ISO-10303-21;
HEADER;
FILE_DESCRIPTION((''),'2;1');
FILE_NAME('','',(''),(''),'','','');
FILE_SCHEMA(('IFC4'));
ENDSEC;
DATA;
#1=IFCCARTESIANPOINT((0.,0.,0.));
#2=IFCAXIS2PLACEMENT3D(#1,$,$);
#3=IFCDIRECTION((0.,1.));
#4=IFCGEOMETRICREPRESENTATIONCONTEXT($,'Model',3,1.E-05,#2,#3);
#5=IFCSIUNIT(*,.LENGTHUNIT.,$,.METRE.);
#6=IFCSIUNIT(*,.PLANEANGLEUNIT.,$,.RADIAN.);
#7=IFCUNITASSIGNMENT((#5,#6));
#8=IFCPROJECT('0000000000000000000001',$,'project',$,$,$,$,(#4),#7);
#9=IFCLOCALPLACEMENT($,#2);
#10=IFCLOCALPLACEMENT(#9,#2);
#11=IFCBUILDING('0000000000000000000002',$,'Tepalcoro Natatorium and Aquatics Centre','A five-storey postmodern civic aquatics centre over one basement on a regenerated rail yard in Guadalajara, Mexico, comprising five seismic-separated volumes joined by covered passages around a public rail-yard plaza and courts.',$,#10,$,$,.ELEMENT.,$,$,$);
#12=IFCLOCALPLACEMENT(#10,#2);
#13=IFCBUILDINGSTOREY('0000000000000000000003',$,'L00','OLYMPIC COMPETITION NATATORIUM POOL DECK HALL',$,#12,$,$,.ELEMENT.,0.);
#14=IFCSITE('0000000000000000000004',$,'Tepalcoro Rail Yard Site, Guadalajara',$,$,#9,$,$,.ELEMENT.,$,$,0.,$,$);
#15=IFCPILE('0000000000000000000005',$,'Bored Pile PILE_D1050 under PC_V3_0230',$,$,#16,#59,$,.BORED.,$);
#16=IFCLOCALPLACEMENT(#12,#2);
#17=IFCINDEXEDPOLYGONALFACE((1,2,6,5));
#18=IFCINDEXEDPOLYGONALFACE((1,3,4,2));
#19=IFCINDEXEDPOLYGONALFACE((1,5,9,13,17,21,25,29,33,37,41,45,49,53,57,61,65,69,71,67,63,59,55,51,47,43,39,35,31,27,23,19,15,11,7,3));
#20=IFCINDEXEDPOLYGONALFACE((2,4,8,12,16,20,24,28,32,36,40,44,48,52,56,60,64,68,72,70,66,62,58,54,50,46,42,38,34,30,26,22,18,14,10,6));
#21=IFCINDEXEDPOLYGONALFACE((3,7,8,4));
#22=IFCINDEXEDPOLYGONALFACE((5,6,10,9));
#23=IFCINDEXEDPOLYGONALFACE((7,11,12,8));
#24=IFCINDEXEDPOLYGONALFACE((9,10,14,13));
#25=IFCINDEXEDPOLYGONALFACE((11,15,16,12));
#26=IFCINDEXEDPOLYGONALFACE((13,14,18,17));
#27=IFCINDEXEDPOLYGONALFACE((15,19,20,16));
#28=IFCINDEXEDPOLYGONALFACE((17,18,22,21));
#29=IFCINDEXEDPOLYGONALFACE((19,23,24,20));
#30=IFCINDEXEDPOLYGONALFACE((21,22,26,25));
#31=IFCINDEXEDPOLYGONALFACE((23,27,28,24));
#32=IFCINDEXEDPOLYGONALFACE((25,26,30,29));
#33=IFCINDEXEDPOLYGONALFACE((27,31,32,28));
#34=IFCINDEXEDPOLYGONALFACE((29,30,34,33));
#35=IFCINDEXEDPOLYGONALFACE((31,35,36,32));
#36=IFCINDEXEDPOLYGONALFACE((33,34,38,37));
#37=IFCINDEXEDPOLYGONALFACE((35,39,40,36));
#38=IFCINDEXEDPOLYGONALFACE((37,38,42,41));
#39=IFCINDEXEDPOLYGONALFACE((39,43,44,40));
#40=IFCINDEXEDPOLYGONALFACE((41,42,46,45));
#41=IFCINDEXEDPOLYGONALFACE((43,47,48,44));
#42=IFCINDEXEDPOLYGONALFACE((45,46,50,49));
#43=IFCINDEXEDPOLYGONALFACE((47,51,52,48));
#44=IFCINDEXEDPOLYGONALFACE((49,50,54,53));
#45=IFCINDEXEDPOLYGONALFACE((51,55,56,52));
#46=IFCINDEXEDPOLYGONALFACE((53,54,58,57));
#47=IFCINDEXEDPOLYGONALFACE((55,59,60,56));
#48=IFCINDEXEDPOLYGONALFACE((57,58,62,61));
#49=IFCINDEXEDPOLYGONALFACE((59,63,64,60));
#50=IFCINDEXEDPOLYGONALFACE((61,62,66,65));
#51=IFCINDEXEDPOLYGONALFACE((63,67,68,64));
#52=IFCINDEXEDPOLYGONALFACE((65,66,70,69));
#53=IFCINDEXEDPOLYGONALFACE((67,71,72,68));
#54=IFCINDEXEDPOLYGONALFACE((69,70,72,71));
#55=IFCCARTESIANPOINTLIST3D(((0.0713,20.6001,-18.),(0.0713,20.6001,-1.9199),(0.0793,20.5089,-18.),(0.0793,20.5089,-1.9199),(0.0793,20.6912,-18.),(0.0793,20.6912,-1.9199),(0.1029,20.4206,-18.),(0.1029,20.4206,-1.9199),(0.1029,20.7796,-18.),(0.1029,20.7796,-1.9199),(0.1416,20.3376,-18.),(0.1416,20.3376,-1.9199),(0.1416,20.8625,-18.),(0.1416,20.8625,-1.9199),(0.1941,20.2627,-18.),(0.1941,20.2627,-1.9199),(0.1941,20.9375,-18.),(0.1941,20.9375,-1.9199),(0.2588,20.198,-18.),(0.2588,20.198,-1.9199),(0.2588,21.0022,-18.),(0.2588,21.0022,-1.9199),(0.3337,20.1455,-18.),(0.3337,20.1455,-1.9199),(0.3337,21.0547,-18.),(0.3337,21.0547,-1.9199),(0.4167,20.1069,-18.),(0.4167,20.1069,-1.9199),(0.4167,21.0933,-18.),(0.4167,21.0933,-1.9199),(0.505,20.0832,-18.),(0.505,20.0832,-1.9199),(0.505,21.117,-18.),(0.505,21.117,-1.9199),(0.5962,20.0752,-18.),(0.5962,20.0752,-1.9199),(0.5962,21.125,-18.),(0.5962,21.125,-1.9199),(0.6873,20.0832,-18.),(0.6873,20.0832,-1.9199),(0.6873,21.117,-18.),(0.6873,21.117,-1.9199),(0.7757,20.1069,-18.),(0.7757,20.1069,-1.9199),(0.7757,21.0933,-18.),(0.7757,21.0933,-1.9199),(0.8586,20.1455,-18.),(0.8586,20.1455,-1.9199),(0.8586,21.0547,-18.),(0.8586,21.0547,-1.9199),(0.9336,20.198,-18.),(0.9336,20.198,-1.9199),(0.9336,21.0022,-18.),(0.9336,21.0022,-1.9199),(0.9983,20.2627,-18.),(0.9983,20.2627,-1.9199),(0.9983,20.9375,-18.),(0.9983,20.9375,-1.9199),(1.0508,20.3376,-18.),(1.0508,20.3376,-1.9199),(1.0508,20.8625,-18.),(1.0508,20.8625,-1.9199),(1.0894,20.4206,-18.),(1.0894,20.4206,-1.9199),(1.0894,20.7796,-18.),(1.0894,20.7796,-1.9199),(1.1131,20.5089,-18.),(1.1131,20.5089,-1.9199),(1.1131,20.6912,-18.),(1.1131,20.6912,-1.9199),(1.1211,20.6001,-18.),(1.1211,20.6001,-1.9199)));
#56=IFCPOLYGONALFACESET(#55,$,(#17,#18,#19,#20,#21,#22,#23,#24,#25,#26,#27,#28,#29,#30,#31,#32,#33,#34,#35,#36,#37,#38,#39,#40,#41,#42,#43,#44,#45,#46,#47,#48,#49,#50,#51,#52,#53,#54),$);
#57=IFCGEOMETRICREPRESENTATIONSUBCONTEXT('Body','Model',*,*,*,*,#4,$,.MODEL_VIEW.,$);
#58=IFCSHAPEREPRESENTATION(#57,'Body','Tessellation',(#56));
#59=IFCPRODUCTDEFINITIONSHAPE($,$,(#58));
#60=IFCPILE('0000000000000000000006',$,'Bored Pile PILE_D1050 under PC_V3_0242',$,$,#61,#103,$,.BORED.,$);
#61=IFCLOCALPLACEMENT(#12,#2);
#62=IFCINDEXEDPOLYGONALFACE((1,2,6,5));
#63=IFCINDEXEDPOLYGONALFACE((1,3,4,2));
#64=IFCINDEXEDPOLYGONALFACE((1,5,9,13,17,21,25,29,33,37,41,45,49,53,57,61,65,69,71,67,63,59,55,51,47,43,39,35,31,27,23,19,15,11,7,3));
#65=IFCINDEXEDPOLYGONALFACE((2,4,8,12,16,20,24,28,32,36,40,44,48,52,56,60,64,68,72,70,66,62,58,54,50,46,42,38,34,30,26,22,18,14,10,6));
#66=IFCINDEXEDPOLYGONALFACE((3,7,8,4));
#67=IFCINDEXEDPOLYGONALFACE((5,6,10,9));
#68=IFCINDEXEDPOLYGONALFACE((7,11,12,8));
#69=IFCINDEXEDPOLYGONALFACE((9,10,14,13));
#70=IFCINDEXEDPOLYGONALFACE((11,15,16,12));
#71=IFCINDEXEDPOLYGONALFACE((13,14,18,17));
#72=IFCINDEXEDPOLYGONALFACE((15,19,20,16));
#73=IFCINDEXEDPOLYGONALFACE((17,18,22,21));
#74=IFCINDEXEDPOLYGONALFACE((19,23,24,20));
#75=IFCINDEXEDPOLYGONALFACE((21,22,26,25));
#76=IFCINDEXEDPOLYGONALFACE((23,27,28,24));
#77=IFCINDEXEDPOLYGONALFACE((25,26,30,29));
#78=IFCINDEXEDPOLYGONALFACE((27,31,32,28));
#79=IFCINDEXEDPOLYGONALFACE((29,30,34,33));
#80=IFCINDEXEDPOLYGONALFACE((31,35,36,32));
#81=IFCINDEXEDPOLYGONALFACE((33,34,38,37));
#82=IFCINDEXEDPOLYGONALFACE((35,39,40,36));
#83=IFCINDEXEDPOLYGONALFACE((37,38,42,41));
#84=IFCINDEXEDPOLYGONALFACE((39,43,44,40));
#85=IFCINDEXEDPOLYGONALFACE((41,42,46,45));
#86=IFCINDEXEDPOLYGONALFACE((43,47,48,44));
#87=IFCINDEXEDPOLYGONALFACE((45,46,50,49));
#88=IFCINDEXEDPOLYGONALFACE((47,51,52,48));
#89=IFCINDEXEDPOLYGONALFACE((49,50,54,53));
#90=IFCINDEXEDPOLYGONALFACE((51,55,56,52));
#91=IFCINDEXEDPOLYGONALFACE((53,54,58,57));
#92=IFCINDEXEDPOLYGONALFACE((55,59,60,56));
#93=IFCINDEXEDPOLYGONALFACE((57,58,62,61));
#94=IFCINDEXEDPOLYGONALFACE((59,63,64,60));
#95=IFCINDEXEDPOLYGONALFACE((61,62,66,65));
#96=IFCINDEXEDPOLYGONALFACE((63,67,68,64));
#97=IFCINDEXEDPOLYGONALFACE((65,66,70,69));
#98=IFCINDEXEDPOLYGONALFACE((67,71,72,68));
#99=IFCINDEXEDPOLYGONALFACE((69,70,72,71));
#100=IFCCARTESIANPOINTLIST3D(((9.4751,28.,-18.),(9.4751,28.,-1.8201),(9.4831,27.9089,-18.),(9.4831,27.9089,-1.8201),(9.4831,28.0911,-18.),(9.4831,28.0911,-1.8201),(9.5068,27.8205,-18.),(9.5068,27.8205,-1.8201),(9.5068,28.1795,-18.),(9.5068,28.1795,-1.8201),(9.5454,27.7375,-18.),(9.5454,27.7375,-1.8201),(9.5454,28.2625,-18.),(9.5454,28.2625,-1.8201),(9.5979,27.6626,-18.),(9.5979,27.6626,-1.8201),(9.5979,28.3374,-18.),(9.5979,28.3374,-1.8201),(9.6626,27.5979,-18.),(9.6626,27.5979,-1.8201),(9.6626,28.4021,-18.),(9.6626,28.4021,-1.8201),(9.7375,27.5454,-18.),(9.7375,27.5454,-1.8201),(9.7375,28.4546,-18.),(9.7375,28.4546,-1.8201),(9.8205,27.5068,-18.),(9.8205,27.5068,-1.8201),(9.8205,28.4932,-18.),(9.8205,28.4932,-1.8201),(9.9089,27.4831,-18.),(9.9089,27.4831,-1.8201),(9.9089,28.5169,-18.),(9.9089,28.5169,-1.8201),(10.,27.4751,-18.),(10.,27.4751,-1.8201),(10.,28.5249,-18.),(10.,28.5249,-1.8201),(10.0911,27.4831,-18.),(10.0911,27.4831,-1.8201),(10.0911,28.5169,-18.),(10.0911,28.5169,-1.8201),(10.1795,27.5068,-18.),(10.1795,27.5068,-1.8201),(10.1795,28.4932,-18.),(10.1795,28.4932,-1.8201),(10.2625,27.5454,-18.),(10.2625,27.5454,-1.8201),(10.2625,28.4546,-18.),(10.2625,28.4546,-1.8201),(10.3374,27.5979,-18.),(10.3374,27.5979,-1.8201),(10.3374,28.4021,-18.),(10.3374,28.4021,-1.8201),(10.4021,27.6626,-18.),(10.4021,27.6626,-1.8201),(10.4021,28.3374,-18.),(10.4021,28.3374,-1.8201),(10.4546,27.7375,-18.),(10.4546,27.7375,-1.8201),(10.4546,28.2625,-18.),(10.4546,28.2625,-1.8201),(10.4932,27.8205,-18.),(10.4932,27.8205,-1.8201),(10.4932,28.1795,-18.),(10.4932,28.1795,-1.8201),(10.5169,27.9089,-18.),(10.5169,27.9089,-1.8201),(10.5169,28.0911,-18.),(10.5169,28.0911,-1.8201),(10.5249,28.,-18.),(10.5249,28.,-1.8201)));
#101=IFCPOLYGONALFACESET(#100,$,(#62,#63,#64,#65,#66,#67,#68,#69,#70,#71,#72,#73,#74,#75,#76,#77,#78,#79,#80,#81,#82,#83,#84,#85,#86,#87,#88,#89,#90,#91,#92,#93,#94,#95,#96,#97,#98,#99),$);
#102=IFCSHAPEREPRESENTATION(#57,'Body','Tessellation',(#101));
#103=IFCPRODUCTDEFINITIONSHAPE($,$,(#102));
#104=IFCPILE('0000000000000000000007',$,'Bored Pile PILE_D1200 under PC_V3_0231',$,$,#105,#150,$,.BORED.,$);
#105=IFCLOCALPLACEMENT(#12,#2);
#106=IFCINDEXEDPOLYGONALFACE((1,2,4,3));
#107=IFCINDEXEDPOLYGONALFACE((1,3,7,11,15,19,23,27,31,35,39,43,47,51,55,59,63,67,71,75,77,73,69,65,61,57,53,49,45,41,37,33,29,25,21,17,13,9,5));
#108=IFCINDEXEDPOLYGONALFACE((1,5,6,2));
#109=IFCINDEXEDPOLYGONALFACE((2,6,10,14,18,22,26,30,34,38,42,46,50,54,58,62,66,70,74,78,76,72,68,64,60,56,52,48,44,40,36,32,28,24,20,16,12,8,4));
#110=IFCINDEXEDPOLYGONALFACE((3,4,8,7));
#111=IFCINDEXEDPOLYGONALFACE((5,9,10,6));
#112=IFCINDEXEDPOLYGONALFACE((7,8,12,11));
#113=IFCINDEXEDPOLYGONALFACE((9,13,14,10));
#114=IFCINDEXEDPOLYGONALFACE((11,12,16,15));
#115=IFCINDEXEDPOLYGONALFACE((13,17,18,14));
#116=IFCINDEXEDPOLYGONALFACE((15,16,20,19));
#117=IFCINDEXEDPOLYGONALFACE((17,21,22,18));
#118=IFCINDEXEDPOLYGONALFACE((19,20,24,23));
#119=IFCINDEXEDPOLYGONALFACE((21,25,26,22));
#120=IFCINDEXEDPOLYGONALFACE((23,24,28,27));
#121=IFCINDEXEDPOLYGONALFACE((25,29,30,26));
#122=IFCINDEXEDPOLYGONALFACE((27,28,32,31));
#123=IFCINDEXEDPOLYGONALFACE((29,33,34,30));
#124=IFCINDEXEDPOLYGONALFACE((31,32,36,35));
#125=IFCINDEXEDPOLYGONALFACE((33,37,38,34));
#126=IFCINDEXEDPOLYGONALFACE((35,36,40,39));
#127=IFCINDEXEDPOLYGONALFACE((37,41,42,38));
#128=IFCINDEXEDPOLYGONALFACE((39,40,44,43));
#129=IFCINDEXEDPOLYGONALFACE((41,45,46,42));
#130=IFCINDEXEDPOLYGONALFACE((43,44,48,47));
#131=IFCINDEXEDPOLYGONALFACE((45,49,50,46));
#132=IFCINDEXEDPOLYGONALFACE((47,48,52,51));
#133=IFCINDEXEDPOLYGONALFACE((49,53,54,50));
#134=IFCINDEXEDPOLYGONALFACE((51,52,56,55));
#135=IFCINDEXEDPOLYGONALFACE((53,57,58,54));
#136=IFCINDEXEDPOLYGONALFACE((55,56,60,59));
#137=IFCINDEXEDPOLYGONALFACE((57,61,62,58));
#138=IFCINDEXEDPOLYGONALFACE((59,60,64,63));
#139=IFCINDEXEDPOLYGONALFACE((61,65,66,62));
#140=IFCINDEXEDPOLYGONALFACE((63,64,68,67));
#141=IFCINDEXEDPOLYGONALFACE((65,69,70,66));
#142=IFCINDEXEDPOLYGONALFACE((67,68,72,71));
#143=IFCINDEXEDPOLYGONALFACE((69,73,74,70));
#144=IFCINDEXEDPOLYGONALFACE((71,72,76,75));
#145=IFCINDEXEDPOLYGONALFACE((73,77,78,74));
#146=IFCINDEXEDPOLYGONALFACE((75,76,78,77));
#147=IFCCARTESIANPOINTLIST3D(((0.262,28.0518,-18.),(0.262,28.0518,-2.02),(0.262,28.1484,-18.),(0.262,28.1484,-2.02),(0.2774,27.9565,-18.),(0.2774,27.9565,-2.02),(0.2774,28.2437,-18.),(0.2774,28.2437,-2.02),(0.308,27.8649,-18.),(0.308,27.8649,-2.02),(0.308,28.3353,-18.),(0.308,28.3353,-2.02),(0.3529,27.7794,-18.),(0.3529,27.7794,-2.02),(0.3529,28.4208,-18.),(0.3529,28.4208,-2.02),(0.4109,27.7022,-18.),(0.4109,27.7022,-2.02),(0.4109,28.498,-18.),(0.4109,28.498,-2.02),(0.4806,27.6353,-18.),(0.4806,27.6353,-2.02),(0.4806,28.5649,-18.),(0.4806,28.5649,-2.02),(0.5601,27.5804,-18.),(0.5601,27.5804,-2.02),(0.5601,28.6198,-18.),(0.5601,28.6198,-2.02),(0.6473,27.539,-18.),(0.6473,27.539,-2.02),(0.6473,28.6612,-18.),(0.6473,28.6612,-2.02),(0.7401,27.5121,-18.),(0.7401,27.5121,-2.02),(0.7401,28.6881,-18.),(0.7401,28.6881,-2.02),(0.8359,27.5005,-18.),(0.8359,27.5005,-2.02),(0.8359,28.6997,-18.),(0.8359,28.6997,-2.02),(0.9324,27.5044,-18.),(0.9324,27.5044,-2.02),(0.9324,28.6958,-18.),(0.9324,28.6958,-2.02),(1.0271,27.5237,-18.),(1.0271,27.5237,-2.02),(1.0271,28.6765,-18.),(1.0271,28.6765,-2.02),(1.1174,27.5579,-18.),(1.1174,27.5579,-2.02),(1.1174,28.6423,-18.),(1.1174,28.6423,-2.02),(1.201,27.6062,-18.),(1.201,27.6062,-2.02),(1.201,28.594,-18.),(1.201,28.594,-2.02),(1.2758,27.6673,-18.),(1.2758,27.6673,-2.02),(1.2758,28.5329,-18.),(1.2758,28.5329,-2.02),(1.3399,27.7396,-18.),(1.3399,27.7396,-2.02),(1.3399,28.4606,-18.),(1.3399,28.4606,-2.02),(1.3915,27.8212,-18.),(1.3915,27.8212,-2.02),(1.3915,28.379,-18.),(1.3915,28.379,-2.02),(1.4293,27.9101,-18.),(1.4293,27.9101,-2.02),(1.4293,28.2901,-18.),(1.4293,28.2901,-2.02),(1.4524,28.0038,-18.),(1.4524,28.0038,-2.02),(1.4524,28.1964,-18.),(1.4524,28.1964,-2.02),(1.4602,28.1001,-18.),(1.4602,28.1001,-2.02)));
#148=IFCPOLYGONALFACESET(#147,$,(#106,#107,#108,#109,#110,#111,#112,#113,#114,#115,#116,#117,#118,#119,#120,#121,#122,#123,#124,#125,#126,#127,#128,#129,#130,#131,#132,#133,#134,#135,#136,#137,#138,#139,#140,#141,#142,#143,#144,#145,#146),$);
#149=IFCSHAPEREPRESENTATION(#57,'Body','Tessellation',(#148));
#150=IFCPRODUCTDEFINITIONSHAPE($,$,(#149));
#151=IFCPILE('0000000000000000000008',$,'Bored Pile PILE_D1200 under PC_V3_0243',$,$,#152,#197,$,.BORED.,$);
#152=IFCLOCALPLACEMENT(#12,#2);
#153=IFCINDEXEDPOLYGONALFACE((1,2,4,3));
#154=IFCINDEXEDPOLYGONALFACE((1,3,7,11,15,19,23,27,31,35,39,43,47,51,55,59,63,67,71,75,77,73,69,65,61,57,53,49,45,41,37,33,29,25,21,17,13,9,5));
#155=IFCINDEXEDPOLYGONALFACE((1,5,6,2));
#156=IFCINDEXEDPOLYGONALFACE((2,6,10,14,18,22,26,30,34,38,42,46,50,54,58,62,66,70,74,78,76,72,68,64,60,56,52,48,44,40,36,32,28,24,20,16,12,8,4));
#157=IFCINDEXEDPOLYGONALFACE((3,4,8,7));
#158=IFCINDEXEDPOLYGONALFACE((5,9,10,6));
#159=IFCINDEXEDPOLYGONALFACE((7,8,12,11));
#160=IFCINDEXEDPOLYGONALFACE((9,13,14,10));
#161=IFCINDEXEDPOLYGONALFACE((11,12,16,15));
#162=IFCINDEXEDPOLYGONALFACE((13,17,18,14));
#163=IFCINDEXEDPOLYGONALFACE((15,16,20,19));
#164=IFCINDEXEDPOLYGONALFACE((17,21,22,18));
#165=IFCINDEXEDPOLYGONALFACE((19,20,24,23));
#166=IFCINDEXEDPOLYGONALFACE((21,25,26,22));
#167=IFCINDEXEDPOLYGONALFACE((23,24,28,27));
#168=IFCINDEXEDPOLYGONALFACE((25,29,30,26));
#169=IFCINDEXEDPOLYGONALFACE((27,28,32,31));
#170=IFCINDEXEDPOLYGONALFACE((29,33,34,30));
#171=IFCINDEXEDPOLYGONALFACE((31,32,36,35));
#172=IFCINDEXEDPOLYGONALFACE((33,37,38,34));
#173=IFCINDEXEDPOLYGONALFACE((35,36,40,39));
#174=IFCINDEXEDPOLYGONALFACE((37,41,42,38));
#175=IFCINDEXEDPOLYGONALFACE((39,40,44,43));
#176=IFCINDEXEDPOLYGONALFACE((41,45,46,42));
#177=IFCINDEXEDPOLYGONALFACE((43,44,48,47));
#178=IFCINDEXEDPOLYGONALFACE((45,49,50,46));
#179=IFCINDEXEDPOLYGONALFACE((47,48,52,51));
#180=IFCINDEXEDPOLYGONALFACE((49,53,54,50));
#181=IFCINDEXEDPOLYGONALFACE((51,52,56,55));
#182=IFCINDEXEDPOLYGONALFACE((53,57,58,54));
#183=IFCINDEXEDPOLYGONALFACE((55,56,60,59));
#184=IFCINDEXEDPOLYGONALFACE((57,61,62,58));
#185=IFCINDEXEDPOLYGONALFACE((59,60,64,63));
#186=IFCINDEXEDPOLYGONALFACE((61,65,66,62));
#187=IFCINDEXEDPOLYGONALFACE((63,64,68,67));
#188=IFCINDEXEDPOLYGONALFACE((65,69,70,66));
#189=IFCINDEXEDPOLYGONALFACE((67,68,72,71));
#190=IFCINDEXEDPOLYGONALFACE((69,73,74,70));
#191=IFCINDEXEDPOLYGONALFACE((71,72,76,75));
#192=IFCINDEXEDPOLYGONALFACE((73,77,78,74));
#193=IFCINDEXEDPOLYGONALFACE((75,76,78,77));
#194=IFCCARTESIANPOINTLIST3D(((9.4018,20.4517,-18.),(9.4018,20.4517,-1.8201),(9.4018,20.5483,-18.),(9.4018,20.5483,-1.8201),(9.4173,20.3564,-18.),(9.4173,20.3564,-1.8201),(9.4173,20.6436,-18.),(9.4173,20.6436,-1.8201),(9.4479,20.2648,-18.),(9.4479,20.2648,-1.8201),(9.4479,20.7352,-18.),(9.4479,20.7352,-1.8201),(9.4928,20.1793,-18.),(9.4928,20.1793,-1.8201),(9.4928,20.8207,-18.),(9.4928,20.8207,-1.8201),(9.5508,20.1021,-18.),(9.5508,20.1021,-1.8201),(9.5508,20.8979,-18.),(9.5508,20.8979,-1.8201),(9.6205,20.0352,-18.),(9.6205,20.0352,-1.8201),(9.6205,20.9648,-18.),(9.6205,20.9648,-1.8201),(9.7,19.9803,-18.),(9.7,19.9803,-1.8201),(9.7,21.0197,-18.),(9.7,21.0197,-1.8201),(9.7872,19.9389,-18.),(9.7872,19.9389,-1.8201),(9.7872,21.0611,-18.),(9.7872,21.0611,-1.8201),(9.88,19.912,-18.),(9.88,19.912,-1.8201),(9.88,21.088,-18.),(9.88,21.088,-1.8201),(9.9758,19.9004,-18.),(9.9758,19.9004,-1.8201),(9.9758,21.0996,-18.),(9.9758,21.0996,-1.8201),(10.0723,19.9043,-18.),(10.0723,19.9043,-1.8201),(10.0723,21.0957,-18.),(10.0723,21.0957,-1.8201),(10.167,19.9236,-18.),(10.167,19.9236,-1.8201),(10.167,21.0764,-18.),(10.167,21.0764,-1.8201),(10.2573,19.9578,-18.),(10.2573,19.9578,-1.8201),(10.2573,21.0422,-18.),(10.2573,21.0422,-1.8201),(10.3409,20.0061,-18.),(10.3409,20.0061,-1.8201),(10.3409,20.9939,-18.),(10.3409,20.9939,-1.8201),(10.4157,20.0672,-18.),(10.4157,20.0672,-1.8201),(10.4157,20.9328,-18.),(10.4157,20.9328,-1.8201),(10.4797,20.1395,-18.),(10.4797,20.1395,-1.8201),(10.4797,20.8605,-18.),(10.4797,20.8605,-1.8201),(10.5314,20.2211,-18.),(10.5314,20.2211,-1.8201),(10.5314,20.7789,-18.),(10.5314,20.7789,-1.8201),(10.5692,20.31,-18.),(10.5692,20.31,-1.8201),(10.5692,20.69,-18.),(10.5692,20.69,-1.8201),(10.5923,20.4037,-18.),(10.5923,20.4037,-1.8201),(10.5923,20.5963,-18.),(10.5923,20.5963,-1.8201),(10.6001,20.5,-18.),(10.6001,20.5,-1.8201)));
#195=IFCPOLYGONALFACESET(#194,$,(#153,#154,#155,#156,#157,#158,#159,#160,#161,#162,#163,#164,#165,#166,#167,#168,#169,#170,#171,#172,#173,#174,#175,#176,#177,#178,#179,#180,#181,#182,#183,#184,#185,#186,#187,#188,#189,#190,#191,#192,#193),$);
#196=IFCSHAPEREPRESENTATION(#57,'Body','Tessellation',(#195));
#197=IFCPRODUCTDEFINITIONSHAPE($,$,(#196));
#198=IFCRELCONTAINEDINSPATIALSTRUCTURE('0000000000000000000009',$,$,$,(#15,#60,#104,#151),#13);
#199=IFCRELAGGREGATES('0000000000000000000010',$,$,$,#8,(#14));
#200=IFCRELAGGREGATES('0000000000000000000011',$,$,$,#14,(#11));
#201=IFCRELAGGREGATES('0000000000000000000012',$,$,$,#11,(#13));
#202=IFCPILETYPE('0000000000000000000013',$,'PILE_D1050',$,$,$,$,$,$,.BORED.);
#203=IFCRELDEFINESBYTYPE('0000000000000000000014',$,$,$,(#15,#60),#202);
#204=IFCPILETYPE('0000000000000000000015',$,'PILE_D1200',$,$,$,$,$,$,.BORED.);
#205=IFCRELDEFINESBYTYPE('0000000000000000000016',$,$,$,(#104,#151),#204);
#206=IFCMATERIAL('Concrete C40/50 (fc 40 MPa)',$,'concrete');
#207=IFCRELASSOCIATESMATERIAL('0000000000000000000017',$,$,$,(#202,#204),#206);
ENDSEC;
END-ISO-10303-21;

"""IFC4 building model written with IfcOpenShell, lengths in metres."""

from ifc_helpers import new_model, si_unit, direction, frame, origin, origin_2d, place, context, subcontext, project, spatial, circle, extrude, material, material_profile, profile_set, type_object, element, save


model = new_model("IFC4")

# Units and contexts
model_context = context("Model", 3, precision=1e-05, world=origin(), true_north=direction((0.0, 1.0)))
body_context = subcontext(model_context, "Body", "Model", "MODEL_VIEW")
ifc_project = project(units=[si_unit("LENGTHUNIT", "METRE"), si_unit("PLANEANGLEUNIT", "RADIAN")], contexts=[model_context])

# Site, building, storey
site_placement = place(None, origin())
site = spatial("IfcSite", under=ifc_project, at=site_placement, Name="Tepalcoro Rail Yard Site, Guadalajara", CompositionType="ELEMENT", RefElevation=0.0)
building_placement = place(site_placement, origin())
building = spatial("IfcBuilding", under=site, at=building_placement, Name="Tepalcoro Natatorium and Aquatics Centre", Description="A five-storey postmodern civic aquatics centre over one basement on a regenerated rail yard in Guadalajara, Mexico, comprising five seismic-separated volumes joined by covered passages around a public rail-yard plaza and courts.", CompositionType="ELEMENT")
storey_placement = place(building_placement, origin())
storey = spatial("IfcBuildingStorey", under=building, at=storey_placement, Name="L00", Description="OLYMPIC COMPETITION NATATORIUM POOL DECK HALL", CompositionType="ELEMENT", Elevation=0.0)

# Piles
ifc_material_1 = material(Name="Concrete C40/50 (fc 40 MPa)", Category="concrete")
ifc_material_profile_1 = material_profile(ifc_material_1, circle(Radius=0.5249, at=origin_2d()), Name="PILE_D1050")
ifc_profile_set_1 = profile_set([ifc_material_profile_1], Name="Concrete C40/50 (fc 40 MPa)")
pile_type_1 = type_object("IfcPileType", Name="PILE_D1050", PredefinedType="BORED", material=ifc_profile_set_1)
pile_1_placement = place(storey_placement, frame((0.5962, 20.6001, -1.9199), z_axis=(0.0, 0.0, -1.0), x_axis=(1.0, 0.0, 0.0)))
element("IfcPile", 1, at=pile_1_placement, inside=storey, type_object=pile_type_1, Name="Bored Pile PILE_D1050 under PC_V3_0230", PredefinedType="BORED", context=body_context, shape_type="SweptSolid", body=[
    extrude(circle(Radius=0.5249, at=origin_2d()), origin(), (0.0, 0.0, 1.0), 16.0801),
])
pile_2_placement = place(storey_placement, frame((10.0, 28.0, -1.8201), z_axis=(0.0, 0.0, -1.0), x_axis=(1.0, 0.0, 0.0)))
element("IfcPile", 2, at=pile_2_placement, inside=storey, type_object=pile_type_1, Name="Bored Pile PILE_D1050 under PC_V3_0242", PredefinedType="BORED", context=body_context, shape_type="SweptSolid", body=[
    extrude(circle(Radius=0.5249, at=origin_2d()), origin(), (0.0, 0.0, 1.0), 16.1799),
])
ifc_material_profile_2 = material_profile(ifc_material_1, circle(Radius=0.6001, at=origin_2d()), Name="PILE_D1200")
ifc_profile_set_2 = profile_set([ifc_material_profile_2], Name="Concrete C40/50 (fc 40 MPa)")
pile_type_2 = type_object("IfcPileType", Name="PILE_D1200", PredefinedType="BORED", material=ifc_profile_set_2)
pile_3_placement = place(storey_placement, frame((0.8601, 28.1001, -2.02), z_axis=(0.0, 0.0, -1.0), x_axis=(1.0, 0.0, 0.0)))
element("IfcPile", 3, at=pile_3_placement, inside=storey, type_object=pile_type_2, Name="Bored Pile PILE_D1200 under PC_V3_0231", PredefinedType="BORED", context=body_context, shape_type="SweptSolid", body=[
    extrude(circle(Radius=0.6001, at=origin_2d()), origin(), (0.0, 0.0, 1.0), 15.98),
])
pile_4_placement = place(storey_placement, frame((10.0, 20.5, -1.8201), z_axis=(0.0, 0.0, -1.0), x_axis=(1.0, 0.0, 0.0)))
element("IfcPile", 4, at=pile_4_placement, inside=storey, type_object=pile_type_2, Name="Bored Pile PILE_D1200 under PC_V3_0243", PredefinedType="BORED", context=body_context, shape_type="SweptSolid", body=[
    extrude(circle(Radius=0.6001, at=origin_2d()), origin(), (0.0, 0.0, 1.0), 16.1799),
])

save(model, "model.ifc")
